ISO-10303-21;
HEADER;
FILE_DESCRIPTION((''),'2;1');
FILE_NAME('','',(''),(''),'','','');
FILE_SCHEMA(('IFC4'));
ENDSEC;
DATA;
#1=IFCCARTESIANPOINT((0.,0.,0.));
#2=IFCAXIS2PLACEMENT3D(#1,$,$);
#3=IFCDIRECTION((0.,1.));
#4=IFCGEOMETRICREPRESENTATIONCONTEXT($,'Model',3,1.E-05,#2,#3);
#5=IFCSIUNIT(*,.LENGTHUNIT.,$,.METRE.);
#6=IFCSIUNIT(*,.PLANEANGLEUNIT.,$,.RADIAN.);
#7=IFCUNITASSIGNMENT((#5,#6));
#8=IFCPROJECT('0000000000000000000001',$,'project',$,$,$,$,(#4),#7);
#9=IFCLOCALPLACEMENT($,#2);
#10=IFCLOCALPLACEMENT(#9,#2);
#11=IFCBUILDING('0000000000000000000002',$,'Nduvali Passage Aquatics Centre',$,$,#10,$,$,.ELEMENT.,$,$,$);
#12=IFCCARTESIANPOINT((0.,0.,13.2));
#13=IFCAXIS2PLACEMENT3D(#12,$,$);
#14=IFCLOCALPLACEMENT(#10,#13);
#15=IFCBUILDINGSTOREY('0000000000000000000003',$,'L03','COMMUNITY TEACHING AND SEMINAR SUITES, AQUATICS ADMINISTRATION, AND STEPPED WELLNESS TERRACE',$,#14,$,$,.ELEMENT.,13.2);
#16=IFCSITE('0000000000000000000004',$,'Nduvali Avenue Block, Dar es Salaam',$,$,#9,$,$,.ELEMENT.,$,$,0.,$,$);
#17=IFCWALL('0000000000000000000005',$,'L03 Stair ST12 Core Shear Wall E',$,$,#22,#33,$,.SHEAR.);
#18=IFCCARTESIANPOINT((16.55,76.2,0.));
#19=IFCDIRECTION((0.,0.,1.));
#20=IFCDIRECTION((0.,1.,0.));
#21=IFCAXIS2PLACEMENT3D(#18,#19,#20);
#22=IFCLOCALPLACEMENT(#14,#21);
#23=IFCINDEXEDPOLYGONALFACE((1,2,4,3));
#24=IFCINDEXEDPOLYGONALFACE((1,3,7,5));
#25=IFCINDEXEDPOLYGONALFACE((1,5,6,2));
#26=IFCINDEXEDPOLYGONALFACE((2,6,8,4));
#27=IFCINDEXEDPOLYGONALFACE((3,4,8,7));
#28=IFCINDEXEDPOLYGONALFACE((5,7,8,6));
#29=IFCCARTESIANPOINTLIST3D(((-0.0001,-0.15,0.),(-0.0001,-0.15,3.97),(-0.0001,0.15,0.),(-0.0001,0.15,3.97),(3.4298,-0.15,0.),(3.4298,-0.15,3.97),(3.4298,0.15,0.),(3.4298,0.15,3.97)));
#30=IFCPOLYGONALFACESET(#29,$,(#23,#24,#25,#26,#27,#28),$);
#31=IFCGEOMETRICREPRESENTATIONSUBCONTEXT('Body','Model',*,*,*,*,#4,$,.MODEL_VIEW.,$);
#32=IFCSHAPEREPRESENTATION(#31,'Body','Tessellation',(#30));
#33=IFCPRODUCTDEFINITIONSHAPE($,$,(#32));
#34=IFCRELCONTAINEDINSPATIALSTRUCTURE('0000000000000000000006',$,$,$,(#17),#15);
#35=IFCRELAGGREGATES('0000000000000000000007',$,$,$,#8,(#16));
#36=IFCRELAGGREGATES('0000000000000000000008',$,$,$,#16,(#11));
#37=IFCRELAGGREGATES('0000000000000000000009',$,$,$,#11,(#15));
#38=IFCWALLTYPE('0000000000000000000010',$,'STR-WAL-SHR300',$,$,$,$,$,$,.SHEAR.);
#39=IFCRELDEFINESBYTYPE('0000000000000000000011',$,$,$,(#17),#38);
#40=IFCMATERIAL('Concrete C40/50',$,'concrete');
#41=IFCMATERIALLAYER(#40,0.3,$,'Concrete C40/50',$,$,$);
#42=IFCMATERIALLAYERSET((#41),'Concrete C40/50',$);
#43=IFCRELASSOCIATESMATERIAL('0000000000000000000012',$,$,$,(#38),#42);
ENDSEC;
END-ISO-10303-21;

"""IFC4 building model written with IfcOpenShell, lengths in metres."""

from ifc_helpers import new_model, si_unit, direction, frame, frame_2d, origin, place, context, subcontext, project, spatial, rectangle, extrude, material, layer, layer_set, type_object, element, save


model = new_model("IFC4")

# Units and contexts
model_context = context("Model", 3, precision=1e-05, world=origin(), true_north=direction((0.0, 1.0)))
body_context = subcontext(model_context, "Body", "Model", "MODEL_VIEW")
ifc_project = project(units=[si_unit("LENGTHUNIT", "METRE"), si_unit("PLANEANGLEUNIT", "RADIAN")], contexts=[model_context])

# Site, building, storey
site_placement = place(None, origin())
site = spatial("IfcSite", under=ifc_project, at=site_placement, Name="Nduvali Avenue Block, Dar es Salaam", CompositionType="ELEMENT", RefElevation=0.0)
building_placement = place(site_placement, origin())
building = spatial("IfcBuilding", under=site, at=building_placement, Name="Nduvali Passage Aquatics Centre", CompositionType="ELEMENT")
storey_placement = place(building_placement, frame((0.0, 0.0, 13.2)))
storey = spatial("IfcBuildingStorey", under=building, at=storey_placement, Name="L03", Description="COMMUNITY TEACHING AND SEMINAR SUITES, AQUATICS ADMINISTRATION, AND STEPPED WELLNESS TERRACE", CompositionType="ELEMENT", Elevation=13.2)

# Shared definitions
ifc_material_1 = material(Name="Concrete C40/50", Category="concrete")

# Wall
ifc_layer_1 = layer(ifc_material_1, 0.3, Name="Concrete C40/50")
ifc_layer_set_1 = layer_set([ifc_layer_1], Name="Concrete C40/50")
wall_type_1 = type_object("IfcWallType", Name="STR-WAL-SHR300", PredefinedType="SHEAR", material=ifc_layer_set_1)
wall_1_placement = place(storey_placement, frame((16.55, 76.2, 0.0), z_axis=(0.0, 0.0, 1.0), x_axis=(0.0, 1.0, 0.0)))
element("IfcWall", 1, at=wall_1_placement, inside=storey, type_object=wall_type_1, Name="L03 Stair ST12 Core Shear Wall E", PredefinedType="SHEAR", context=body_context, shape_type="SweptSolid", body=[
    extrude(rectangle(XDim=3.4299, YDim=0.3, at=frame_2d((1.7148, 0.0))), origin(), (0.0, 0.0, 1.0), 3.97),
])

save(model, "model.ifc")
